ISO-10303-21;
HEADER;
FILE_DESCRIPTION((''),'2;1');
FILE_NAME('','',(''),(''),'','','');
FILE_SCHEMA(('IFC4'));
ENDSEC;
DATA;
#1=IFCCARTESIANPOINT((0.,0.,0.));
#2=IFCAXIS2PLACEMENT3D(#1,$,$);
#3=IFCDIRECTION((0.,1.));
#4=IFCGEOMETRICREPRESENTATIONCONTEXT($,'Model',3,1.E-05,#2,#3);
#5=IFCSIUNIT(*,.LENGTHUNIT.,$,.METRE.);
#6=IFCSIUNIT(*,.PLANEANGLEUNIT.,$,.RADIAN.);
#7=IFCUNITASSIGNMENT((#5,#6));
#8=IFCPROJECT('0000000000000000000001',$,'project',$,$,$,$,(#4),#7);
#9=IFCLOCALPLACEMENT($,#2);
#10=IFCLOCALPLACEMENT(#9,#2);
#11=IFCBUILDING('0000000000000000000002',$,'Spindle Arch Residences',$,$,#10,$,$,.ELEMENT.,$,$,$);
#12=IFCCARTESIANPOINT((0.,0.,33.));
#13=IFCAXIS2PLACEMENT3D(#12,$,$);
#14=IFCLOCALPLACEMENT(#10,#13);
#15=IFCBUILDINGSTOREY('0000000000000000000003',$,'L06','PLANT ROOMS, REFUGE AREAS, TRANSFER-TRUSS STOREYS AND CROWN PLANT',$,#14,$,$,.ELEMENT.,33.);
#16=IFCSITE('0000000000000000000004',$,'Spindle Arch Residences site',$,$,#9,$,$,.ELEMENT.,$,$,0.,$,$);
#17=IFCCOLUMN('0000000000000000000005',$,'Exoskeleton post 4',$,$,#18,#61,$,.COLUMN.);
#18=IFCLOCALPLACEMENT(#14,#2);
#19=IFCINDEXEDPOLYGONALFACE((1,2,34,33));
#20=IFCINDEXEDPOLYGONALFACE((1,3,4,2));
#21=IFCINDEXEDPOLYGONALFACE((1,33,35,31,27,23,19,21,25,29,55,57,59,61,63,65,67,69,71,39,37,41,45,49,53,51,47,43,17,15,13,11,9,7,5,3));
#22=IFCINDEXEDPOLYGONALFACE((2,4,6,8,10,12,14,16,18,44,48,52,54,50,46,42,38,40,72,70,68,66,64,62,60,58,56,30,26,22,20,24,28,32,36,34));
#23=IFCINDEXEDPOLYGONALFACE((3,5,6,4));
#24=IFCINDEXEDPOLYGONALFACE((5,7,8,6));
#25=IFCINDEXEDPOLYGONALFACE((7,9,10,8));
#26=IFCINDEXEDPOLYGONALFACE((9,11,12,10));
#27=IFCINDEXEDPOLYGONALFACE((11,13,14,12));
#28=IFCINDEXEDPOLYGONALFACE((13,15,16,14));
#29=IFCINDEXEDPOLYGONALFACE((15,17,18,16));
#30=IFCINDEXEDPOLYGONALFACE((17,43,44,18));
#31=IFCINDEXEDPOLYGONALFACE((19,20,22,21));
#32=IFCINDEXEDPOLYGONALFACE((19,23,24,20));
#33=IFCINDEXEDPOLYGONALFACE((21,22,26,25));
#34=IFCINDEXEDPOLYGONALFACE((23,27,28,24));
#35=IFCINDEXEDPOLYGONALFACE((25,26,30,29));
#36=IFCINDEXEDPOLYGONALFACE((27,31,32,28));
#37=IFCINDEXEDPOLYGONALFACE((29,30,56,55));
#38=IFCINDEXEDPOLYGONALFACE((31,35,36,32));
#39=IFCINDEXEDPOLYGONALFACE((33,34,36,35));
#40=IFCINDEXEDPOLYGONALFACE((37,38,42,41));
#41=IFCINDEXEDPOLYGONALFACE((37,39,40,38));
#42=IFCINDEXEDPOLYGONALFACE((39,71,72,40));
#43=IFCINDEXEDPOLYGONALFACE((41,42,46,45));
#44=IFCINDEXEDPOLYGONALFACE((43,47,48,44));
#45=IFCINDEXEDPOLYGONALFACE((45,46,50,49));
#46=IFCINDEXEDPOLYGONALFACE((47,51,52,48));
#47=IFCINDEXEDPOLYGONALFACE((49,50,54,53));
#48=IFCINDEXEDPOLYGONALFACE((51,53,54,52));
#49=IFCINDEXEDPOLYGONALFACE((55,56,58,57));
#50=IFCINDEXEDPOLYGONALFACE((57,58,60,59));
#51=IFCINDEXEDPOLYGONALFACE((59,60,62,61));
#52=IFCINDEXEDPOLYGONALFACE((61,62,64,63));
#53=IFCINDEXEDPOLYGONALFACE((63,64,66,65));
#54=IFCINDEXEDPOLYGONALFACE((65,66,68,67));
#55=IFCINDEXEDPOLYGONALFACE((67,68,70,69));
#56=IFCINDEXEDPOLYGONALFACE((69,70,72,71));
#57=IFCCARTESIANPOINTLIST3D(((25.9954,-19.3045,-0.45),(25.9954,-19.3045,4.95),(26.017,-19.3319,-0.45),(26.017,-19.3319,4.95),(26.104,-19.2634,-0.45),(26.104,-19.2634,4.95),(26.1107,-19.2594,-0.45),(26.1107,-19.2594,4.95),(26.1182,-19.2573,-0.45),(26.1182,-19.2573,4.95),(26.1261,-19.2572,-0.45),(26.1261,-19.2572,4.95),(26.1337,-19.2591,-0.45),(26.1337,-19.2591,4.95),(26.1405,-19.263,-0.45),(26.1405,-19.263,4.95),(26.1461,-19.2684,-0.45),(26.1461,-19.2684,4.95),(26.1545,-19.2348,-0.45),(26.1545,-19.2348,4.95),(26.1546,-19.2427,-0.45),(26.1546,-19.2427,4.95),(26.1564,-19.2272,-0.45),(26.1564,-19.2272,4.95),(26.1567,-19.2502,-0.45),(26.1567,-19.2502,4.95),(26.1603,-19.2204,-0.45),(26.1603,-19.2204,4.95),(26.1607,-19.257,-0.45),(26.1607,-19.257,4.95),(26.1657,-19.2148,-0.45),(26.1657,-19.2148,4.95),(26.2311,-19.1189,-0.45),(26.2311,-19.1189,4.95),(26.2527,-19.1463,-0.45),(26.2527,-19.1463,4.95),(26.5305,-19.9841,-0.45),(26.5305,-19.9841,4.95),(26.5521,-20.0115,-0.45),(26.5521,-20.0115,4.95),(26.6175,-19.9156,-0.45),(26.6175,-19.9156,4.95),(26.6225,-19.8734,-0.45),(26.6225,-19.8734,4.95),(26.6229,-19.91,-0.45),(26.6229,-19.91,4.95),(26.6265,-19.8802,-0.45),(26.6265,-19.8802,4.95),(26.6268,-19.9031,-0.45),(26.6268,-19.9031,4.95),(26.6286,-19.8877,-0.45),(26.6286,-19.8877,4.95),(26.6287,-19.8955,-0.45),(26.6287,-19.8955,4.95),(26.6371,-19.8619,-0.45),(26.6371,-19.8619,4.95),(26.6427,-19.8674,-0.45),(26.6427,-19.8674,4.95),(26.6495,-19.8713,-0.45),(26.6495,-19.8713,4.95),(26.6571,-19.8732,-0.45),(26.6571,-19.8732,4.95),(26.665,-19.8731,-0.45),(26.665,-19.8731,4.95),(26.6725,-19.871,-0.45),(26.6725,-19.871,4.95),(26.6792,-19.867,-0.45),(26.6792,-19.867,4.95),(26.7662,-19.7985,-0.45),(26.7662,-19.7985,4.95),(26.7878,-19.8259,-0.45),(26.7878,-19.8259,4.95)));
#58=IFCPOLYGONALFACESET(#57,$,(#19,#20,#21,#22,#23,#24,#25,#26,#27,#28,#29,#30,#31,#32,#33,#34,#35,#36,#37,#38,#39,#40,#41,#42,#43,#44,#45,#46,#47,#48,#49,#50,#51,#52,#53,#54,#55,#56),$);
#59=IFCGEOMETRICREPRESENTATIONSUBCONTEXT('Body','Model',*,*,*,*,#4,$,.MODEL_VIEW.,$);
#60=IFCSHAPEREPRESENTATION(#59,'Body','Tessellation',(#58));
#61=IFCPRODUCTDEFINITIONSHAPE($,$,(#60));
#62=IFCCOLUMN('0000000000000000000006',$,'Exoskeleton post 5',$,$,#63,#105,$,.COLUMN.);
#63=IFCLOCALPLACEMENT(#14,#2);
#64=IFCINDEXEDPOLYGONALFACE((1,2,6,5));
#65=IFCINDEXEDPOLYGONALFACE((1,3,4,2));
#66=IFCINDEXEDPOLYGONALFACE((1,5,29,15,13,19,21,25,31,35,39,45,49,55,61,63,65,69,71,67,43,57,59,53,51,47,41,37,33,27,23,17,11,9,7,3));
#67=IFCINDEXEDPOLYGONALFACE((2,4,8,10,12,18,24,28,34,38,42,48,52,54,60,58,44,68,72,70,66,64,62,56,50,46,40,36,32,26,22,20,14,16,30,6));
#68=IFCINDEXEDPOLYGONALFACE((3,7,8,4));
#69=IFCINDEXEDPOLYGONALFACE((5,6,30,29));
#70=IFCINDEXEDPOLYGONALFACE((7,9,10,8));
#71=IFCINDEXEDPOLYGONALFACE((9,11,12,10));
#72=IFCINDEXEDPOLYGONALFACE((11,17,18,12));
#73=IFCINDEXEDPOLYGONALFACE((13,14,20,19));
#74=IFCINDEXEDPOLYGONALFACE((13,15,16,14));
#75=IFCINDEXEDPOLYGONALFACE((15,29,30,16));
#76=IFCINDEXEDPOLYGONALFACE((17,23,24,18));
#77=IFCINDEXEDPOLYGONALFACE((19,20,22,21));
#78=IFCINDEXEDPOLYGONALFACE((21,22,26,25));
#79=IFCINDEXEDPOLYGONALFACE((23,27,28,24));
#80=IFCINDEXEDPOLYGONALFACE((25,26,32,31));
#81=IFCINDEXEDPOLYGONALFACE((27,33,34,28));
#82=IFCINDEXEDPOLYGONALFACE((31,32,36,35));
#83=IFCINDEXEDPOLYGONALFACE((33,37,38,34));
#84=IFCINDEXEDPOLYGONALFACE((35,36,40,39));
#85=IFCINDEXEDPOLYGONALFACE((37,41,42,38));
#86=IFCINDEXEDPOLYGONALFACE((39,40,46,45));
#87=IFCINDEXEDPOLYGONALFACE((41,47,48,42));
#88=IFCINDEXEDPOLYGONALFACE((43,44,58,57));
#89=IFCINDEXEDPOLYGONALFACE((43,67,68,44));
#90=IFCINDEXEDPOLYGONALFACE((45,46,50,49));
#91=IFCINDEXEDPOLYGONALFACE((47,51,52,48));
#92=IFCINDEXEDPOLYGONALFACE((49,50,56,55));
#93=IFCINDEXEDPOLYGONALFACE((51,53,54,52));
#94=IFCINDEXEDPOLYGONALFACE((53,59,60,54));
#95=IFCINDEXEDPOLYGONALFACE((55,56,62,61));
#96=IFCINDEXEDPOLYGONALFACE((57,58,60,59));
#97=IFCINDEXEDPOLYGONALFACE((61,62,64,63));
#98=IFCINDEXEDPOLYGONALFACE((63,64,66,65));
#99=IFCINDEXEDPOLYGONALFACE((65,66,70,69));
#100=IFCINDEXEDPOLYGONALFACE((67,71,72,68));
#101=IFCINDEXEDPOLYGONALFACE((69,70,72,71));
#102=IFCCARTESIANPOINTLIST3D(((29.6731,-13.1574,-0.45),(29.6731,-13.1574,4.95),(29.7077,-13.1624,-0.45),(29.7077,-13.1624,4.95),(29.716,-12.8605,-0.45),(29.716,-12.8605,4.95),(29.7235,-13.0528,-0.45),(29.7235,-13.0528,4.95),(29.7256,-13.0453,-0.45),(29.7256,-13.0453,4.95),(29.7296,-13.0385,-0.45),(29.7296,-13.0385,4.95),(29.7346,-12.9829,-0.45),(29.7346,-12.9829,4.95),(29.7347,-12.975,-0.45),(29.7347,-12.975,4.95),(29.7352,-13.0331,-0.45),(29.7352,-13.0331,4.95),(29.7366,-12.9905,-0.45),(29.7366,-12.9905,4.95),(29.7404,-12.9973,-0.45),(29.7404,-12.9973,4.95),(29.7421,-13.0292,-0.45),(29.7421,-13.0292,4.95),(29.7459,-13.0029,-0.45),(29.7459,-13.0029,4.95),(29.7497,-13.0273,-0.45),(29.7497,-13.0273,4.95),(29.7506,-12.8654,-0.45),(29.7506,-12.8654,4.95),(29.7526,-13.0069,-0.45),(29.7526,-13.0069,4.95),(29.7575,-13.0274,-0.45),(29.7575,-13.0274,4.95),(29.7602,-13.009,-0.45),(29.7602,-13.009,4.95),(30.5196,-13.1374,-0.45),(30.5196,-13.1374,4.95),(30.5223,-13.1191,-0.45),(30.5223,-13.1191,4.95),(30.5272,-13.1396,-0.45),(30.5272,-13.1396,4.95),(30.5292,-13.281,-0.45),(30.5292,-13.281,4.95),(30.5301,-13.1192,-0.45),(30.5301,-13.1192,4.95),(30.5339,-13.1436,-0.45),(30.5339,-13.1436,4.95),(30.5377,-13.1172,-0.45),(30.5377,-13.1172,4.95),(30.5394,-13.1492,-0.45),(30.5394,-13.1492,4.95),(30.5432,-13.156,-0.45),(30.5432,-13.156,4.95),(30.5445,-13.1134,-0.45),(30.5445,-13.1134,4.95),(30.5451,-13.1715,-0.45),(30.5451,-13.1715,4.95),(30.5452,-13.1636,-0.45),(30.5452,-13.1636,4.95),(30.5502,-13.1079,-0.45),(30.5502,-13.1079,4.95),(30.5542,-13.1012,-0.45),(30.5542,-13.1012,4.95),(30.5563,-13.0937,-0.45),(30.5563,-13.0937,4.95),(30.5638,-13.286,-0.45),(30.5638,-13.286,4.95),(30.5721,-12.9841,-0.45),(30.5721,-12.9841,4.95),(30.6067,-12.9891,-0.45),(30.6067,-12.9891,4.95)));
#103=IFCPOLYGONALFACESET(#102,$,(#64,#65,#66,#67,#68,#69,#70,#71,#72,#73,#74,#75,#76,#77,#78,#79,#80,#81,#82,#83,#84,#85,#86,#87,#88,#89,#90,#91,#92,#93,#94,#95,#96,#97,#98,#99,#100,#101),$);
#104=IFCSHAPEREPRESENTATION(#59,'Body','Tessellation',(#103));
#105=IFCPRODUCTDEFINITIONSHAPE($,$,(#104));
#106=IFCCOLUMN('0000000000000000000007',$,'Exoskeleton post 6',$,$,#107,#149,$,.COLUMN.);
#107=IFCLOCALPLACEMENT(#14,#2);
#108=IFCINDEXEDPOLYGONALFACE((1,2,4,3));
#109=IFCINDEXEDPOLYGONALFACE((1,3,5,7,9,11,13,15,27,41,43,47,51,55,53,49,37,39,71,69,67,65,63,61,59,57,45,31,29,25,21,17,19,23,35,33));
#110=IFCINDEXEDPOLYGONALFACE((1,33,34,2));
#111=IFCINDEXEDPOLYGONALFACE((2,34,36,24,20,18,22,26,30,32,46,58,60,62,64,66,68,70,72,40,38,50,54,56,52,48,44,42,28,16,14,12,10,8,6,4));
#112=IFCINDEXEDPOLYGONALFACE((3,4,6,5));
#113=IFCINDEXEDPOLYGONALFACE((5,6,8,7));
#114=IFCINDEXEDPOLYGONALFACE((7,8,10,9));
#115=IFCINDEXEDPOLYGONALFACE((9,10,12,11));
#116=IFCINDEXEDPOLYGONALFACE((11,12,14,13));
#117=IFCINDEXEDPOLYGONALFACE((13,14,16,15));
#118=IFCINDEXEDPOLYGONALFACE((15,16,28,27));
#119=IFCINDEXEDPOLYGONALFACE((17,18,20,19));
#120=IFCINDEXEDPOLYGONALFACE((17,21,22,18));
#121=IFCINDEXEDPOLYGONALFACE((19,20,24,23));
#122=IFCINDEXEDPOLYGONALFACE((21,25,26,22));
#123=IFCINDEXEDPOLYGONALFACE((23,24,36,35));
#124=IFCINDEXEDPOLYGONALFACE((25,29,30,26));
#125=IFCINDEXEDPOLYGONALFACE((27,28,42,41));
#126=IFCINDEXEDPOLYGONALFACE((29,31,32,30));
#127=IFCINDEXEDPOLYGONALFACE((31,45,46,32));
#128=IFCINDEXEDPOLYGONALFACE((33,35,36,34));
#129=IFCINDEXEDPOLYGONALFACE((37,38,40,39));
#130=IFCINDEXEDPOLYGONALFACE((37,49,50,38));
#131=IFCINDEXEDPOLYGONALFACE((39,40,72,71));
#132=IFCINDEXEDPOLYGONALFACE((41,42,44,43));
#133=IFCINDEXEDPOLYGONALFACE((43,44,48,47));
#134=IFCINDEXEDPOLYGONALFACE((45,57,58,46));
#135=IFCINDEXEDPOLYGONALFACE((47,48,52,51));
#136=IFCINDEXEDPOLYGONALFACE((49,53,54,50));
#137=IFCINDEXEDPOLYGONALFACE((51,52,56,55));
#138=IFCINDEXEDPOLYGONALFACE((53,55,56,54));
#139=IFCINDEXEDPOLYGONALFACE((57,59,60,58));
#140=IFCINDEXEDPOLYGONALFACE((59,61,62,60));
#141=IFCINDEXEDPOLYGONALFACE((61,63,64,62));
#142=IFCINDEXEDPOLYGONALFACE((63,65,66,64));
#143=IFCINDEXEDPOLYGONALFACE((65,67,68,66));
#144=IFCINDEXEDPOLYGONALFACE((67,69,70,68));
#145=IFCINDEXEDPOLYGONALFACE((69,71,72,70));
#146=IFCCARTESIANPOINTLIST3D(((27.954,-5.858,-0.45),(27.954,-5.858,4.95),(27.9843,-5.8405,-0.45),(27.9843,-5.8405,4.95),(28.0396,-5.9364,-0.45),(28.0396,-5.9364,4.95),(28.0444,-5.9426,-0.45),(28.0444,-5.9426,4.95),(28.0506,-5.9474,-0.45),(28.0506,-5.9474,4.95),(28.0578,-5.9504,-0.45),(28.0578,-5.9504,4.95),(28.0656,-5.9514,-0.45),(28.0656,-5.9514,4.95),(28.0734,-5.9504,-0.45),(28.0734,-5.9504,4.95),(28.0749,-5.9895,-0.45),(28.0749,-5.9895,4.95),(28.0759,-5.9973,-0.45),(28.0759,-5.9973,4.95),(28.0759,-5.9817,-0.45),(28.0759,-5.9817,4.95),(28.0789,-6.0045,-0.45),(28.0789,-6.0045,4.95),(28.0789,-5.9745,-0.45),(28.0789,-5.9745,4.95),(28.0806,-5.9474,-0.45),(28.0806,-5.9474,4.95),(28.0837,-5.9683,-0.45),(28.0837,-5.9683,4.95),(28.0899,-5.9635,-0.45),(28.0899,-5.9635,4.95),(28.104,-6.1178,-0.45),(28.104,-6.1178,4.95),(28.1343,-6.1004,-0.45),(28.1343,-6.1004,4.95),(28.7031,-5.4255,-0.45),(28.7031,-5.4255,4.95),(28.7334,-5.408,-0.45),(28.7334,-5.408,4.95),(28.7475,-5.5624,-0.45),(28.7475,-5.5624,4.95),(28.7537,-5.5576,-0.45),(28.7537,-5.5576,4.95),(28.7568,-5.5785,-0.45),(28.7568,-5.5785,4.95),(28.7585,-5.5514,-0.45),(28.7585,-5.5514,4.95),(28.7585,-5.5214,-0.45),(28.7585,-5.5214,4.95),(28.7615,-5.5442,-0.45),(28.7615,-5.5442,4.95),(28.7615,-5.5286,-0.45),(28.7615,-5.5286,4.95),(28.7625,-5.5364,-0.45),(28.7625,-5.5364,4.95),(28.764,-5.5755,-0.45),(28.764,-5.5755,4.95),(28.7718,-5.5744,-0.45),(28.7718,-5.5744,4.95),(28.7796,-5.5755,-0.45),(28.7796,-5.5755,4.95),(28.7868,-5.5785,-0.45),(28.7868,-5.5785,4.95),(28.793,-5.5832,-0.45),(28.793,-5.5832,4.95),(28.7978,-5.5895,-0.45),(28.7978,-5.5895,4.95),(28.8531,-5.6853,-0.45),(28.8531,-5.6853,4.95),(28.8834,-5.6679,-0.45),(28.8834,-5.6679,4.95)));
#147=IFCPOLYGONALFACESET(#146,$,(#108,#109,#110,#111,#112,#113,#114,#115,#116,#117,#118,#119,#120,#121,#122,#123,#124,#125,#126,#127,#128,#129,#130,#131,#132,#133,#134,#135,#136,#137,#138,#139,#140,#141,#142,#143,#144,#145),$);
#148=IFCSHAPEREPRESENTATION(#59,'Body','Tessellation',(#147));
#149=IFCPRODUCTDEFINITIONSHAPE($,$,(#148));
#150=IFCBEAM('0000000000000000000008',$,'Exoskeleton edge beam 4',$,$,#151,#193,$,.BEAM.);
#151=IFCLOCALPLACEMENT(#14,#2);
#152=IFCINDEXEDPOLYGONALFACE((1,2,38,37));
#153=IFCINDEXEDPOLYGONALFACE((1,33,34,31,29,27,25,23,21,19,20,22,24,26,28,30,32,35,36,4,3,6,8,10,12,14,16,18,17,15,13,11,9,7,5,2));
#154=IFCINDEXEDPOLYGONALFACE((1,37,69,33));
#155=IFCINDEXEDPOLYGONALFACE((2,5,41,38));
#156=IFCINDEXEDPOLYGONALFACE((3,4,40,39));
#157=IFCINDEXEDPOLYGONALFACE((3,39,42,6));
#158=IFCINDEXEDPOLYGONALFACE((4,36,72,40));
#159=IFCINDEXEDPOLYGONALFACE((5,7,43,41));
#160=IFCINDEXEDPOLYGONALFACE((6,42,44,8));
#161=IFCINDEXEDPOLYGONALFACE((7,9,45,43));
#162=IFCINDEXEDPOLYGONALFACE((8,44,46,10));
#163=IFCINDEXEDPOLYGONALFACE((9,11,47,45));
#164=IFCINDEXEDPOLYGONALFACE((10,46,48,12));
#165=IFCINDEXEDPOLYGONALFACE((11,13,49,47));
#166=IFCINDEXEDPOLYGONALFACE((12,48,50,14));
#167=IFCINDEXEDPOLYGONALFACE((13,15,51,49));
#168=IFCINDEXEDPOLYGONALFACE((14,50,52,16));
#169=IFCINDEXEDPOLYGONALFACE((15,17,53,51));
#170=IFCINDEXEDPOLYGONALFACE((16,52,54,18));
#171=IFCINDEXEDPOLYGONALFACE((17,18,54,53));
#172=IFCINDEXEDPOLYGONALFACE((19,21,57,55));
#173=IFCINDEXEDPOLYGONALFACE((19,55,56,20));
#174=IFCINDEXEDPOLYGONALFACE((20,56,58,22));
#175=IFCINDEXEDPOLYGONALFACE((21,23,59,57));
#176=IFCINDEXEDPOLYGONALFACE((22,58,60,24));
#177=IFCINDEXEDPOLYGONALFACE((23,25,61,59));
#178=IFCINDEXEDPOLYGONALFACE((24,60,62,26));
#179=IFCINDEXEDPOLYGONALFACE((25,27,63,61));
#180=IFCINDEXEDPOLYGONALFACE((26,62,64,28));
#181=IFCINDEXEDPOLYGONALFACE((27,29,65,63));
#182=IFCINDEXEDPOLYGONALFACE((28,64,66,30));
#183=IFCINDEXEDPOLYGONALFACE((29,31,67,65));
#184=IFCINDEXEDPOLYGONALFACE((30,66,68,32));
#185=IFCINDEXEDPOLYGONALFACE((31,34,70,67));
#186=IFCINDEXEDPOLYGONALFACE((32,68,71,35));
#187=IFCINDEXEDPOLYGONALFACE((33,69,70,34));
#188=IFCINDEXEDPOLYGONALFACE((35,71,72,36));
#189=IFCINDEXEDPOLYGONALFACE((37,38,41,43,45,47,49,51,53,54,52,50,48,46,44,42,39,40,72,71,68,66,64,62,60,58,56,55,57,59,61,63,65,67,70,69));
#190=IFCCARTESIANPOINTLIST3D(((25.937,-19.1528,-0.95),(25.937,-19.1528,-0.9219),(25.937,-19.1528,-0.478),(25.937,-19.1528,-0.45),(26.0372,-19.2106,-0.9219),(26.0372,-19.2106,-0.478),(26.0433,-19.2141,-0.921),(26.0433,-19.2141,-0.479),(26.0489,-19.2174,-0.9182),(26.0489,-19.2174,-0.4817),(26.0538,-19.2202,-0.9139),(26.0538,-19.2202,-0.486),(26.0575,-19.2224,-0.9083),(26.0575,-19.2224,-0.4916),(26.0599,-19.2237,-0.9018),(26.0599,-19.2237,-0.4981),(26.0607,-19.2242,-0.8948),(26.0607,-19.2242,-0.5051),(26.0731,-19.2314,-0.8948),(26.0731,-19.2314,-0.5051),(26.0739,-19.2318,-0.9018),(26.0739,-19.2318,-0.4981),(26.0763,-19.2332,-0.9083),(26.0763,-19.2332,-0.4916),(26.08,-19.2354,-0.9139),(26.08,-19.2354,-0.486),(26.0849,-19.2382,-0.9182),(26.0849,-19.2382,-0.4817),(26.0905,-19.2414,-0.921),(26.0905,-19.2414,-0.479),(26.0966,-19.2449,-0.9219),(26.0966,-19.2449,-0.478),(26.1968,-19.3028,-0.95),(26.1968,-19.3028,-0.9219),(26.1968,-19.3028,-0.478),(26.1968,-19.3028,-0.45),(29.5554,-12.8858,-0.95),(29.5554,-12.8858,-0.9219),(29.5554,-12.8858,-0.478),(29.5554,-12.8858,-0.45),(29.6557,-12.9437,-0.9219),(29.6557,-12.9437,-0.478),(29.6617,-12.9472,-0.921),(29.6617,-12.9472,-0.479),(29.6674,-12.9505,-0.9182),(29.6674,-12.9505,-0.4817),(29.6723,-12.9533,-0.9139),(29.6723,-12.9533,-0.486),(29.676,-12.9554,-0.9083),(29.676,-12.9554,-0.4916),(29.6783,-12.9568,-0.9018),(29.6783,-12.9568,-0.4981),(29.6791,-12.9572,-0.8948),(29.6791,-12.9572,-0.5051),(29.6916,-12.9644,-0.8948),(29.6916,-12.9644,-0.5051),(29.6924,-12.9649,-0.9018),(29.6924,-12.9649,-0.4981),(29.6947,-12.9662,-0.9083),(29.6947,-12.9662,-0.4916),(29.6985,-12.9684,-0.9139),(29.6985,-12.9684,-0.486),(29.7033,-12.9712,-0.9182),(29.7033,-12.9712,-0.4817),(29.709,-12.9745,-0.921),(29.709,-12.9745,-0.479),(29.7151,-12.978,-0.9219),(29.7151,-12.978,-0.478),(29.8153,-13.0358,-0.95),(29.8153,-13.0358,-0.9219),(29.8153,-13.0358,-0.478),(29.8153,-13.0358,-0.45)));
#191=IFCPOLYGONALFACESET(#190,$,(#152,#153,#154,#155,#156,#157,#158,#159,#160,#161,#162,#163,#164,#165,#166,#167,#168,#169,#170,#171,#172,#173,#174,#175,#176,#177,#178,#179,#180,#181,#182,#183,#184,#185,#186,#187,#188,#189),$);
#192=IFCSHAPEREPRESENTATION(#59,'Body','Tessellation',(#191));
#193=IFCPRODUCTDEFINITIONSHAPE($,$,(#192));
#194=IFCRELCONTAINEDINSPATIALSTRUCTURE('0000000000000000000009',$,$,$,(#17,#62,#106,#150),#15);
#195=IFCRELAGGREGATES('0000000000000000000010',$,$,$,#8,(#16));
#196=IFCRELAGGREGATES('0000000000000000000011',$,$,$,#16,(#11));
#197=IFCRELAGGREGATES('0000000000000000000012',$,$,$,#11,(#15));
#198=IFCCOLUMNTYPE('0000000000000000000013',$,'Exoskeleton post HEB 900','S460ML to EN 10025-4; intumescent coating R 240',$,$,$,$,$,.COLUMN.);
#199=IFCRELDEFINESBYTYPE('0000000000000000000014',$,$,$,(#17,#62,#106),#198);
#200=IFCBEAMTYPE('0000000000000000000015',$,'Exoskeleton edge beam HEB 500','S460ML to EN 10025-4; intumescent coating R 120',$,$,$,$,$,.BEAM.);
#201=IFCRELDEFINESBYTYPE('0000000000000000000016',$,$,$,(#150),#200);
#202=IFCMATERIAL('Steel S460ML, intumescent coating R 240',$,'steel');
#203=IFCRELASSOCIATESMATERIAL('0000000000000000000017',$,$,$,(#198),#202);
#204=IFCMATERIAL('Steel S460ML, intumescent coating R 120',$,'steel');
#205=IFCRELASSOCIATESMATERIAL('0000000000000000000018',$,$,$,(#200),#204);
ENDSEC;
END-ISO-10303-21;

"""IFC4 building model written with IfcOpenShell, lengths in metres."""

from ifc_helpers import new_model, si_unit, direction, frame, origin, origin_2d, place, context, subcontext, project, spatial, i_section, extrude, material, material_profile, profile_set, type_object, element, save


model = new_model("IFC4")

# Units and contexts
model_context = context("Model", 3, precision=1e-05, world=origin(), true_north=direction((0.0, 1.0)))
body_context = subcontext(model_context, "Body", "Model", "MODEL_VIEW")
ifc_project = project(units=[si_unit("LENGTHUNIT", "METRE"), si_unit("PLANEANGLEUNIT", "RADIAN")], contexts=[model_context])

# Site, building, storey
site_placement = place(None, origin())
site = spatial("IfcSite", under=ifc_project, at=site_placement, Name="Spindle Arch Residences site", CompositionType="ELEMENT", RefElevation=0.0)
building_placement = place(site_placement, origin())
building = spatial("IfcBuilding", under=site, at=building_placement, Name="Spindle Arch Residences", CompositionType="ELEMENT")
storey_placement = place(building_placement, frame((0.0, 0.0, 33.0)))
storey = spatial("IfcBuildingStorey", under=building, at=storey_placement, Name="L06", Description="PLANT ROOMS, REFUGE AREAS, TRANSFER-TRUSS STOREYS AND CROWN PLANT", CompositionType="ELEMENT", Elevation=33.0)

# Columns
ifc_material_1 = material(Name="Steel S460ML, intumescent coating R 240", Category="steel")
ifc_material_profile_1 = material_profile(ifc_material_1, i_section(OverallWidth=0.3, OverallDepth=0.8999, WebThickness=0.0186, FlangeThickness=0.0349, FilletRadius=0.03, at=origin_2d()), Name="HEB 900")
ifc_profile_set_1 = profile_set([ifc_material_profile_1], Name="Steel S460ML, intumescent coating R 240")
column_type = type_object("IfcColumnType", Name="Exoskeleton post HEB 900", Description="S460ML to EN 10025-4; intumescent coating R 240", PredefinedType="COLUMN", material=ifc_profile_set_1)
for number, where, z_axis, x_axis, name in (
    (1, (26.3916, -19.5652, -0.45), (0.0, 0.0, 1.0), (-0.785684, -0.618629, 0.0), "Exoskeleton post 4"),
    (2, (30.1399, -13.0732, -0.45), (0.0, 0.0, 1.0), (-0.142906, -0.989736, 0.0), "Exoskeleton post 5"),
    (3, (28.4187, -5.7629, -0.45), (0.0, 0.0, 1.0), (0.5, -0.866025, 0.0), "Exoskeleton post 6"),
):
    element("IfcColumn", number, at=place(storey_placement, frame(where, z_axis=z_axis, x_axis=x_axis)), inside=storey, type_object=column_type, Name=name, PredefinedType="COLUMN", context=body_context, shape_type="SweptSolid", body=[
        extrude(i_section(OverallWidth=0.3, OverallDepth=0.8999, WebThickness=0.0186, FlangeThickness=0.0349, FilletRadius=0.03, at=origin_2d()), origin(), (0.0, 0.0, 1.0), 5.3999),
    ])

# Beam
ifc_material_2 = material(Name="Steel S460ML, intumescent coating R 120", Category="steel")
ifc_material_profile_2 = material_profile(ifc_material_2, i_section(OverallWidth=0.3, OverallDepth=0.5, WebThickness=0.0144, FlangeThickness=0.0281, FilletRadius=0.0271, at=origin_2d()), Name="HEB 500")
ifc_profile_set_2 = profile_set([ifc_material_profile_2], Name="Steel S460ML, intumescent coating R 120")
beam_type_1 = type_object("IfcBeamType", Name="Exoskeleton edge beam HEB 500", Description="S460ML to EN 10025-4; intumescent coating R 120", PredefinedType="BEAM", material=ifc_profile_set_2)
beam_1_placement = place(storey_placement, frame((26.0669, -19.2278, -0.7), z_axis=(0.500025, 0.866011, 0.0), x_axis=(-0.866011, 0.500025, 0.0)))
element("IfcBeam", 4, at=beam_1_placement, inside=storey, type_object=beam_type_1, Name="Exoskeleton edge beam 4", PredefinedType="BEAM", context=body_context, shape_type="SweptSolid", body=[
    extrude(i_section(OverallWidth=0.3, OverallDepth=0.5, WebThickness=0.0144, FlangeThickness=0.0281, FilletRadius=0.0271, at=origin_2d()), origin(), (0.0, 0.0, 1.0), 7.2366),
])

save(model, "model.ifc")
